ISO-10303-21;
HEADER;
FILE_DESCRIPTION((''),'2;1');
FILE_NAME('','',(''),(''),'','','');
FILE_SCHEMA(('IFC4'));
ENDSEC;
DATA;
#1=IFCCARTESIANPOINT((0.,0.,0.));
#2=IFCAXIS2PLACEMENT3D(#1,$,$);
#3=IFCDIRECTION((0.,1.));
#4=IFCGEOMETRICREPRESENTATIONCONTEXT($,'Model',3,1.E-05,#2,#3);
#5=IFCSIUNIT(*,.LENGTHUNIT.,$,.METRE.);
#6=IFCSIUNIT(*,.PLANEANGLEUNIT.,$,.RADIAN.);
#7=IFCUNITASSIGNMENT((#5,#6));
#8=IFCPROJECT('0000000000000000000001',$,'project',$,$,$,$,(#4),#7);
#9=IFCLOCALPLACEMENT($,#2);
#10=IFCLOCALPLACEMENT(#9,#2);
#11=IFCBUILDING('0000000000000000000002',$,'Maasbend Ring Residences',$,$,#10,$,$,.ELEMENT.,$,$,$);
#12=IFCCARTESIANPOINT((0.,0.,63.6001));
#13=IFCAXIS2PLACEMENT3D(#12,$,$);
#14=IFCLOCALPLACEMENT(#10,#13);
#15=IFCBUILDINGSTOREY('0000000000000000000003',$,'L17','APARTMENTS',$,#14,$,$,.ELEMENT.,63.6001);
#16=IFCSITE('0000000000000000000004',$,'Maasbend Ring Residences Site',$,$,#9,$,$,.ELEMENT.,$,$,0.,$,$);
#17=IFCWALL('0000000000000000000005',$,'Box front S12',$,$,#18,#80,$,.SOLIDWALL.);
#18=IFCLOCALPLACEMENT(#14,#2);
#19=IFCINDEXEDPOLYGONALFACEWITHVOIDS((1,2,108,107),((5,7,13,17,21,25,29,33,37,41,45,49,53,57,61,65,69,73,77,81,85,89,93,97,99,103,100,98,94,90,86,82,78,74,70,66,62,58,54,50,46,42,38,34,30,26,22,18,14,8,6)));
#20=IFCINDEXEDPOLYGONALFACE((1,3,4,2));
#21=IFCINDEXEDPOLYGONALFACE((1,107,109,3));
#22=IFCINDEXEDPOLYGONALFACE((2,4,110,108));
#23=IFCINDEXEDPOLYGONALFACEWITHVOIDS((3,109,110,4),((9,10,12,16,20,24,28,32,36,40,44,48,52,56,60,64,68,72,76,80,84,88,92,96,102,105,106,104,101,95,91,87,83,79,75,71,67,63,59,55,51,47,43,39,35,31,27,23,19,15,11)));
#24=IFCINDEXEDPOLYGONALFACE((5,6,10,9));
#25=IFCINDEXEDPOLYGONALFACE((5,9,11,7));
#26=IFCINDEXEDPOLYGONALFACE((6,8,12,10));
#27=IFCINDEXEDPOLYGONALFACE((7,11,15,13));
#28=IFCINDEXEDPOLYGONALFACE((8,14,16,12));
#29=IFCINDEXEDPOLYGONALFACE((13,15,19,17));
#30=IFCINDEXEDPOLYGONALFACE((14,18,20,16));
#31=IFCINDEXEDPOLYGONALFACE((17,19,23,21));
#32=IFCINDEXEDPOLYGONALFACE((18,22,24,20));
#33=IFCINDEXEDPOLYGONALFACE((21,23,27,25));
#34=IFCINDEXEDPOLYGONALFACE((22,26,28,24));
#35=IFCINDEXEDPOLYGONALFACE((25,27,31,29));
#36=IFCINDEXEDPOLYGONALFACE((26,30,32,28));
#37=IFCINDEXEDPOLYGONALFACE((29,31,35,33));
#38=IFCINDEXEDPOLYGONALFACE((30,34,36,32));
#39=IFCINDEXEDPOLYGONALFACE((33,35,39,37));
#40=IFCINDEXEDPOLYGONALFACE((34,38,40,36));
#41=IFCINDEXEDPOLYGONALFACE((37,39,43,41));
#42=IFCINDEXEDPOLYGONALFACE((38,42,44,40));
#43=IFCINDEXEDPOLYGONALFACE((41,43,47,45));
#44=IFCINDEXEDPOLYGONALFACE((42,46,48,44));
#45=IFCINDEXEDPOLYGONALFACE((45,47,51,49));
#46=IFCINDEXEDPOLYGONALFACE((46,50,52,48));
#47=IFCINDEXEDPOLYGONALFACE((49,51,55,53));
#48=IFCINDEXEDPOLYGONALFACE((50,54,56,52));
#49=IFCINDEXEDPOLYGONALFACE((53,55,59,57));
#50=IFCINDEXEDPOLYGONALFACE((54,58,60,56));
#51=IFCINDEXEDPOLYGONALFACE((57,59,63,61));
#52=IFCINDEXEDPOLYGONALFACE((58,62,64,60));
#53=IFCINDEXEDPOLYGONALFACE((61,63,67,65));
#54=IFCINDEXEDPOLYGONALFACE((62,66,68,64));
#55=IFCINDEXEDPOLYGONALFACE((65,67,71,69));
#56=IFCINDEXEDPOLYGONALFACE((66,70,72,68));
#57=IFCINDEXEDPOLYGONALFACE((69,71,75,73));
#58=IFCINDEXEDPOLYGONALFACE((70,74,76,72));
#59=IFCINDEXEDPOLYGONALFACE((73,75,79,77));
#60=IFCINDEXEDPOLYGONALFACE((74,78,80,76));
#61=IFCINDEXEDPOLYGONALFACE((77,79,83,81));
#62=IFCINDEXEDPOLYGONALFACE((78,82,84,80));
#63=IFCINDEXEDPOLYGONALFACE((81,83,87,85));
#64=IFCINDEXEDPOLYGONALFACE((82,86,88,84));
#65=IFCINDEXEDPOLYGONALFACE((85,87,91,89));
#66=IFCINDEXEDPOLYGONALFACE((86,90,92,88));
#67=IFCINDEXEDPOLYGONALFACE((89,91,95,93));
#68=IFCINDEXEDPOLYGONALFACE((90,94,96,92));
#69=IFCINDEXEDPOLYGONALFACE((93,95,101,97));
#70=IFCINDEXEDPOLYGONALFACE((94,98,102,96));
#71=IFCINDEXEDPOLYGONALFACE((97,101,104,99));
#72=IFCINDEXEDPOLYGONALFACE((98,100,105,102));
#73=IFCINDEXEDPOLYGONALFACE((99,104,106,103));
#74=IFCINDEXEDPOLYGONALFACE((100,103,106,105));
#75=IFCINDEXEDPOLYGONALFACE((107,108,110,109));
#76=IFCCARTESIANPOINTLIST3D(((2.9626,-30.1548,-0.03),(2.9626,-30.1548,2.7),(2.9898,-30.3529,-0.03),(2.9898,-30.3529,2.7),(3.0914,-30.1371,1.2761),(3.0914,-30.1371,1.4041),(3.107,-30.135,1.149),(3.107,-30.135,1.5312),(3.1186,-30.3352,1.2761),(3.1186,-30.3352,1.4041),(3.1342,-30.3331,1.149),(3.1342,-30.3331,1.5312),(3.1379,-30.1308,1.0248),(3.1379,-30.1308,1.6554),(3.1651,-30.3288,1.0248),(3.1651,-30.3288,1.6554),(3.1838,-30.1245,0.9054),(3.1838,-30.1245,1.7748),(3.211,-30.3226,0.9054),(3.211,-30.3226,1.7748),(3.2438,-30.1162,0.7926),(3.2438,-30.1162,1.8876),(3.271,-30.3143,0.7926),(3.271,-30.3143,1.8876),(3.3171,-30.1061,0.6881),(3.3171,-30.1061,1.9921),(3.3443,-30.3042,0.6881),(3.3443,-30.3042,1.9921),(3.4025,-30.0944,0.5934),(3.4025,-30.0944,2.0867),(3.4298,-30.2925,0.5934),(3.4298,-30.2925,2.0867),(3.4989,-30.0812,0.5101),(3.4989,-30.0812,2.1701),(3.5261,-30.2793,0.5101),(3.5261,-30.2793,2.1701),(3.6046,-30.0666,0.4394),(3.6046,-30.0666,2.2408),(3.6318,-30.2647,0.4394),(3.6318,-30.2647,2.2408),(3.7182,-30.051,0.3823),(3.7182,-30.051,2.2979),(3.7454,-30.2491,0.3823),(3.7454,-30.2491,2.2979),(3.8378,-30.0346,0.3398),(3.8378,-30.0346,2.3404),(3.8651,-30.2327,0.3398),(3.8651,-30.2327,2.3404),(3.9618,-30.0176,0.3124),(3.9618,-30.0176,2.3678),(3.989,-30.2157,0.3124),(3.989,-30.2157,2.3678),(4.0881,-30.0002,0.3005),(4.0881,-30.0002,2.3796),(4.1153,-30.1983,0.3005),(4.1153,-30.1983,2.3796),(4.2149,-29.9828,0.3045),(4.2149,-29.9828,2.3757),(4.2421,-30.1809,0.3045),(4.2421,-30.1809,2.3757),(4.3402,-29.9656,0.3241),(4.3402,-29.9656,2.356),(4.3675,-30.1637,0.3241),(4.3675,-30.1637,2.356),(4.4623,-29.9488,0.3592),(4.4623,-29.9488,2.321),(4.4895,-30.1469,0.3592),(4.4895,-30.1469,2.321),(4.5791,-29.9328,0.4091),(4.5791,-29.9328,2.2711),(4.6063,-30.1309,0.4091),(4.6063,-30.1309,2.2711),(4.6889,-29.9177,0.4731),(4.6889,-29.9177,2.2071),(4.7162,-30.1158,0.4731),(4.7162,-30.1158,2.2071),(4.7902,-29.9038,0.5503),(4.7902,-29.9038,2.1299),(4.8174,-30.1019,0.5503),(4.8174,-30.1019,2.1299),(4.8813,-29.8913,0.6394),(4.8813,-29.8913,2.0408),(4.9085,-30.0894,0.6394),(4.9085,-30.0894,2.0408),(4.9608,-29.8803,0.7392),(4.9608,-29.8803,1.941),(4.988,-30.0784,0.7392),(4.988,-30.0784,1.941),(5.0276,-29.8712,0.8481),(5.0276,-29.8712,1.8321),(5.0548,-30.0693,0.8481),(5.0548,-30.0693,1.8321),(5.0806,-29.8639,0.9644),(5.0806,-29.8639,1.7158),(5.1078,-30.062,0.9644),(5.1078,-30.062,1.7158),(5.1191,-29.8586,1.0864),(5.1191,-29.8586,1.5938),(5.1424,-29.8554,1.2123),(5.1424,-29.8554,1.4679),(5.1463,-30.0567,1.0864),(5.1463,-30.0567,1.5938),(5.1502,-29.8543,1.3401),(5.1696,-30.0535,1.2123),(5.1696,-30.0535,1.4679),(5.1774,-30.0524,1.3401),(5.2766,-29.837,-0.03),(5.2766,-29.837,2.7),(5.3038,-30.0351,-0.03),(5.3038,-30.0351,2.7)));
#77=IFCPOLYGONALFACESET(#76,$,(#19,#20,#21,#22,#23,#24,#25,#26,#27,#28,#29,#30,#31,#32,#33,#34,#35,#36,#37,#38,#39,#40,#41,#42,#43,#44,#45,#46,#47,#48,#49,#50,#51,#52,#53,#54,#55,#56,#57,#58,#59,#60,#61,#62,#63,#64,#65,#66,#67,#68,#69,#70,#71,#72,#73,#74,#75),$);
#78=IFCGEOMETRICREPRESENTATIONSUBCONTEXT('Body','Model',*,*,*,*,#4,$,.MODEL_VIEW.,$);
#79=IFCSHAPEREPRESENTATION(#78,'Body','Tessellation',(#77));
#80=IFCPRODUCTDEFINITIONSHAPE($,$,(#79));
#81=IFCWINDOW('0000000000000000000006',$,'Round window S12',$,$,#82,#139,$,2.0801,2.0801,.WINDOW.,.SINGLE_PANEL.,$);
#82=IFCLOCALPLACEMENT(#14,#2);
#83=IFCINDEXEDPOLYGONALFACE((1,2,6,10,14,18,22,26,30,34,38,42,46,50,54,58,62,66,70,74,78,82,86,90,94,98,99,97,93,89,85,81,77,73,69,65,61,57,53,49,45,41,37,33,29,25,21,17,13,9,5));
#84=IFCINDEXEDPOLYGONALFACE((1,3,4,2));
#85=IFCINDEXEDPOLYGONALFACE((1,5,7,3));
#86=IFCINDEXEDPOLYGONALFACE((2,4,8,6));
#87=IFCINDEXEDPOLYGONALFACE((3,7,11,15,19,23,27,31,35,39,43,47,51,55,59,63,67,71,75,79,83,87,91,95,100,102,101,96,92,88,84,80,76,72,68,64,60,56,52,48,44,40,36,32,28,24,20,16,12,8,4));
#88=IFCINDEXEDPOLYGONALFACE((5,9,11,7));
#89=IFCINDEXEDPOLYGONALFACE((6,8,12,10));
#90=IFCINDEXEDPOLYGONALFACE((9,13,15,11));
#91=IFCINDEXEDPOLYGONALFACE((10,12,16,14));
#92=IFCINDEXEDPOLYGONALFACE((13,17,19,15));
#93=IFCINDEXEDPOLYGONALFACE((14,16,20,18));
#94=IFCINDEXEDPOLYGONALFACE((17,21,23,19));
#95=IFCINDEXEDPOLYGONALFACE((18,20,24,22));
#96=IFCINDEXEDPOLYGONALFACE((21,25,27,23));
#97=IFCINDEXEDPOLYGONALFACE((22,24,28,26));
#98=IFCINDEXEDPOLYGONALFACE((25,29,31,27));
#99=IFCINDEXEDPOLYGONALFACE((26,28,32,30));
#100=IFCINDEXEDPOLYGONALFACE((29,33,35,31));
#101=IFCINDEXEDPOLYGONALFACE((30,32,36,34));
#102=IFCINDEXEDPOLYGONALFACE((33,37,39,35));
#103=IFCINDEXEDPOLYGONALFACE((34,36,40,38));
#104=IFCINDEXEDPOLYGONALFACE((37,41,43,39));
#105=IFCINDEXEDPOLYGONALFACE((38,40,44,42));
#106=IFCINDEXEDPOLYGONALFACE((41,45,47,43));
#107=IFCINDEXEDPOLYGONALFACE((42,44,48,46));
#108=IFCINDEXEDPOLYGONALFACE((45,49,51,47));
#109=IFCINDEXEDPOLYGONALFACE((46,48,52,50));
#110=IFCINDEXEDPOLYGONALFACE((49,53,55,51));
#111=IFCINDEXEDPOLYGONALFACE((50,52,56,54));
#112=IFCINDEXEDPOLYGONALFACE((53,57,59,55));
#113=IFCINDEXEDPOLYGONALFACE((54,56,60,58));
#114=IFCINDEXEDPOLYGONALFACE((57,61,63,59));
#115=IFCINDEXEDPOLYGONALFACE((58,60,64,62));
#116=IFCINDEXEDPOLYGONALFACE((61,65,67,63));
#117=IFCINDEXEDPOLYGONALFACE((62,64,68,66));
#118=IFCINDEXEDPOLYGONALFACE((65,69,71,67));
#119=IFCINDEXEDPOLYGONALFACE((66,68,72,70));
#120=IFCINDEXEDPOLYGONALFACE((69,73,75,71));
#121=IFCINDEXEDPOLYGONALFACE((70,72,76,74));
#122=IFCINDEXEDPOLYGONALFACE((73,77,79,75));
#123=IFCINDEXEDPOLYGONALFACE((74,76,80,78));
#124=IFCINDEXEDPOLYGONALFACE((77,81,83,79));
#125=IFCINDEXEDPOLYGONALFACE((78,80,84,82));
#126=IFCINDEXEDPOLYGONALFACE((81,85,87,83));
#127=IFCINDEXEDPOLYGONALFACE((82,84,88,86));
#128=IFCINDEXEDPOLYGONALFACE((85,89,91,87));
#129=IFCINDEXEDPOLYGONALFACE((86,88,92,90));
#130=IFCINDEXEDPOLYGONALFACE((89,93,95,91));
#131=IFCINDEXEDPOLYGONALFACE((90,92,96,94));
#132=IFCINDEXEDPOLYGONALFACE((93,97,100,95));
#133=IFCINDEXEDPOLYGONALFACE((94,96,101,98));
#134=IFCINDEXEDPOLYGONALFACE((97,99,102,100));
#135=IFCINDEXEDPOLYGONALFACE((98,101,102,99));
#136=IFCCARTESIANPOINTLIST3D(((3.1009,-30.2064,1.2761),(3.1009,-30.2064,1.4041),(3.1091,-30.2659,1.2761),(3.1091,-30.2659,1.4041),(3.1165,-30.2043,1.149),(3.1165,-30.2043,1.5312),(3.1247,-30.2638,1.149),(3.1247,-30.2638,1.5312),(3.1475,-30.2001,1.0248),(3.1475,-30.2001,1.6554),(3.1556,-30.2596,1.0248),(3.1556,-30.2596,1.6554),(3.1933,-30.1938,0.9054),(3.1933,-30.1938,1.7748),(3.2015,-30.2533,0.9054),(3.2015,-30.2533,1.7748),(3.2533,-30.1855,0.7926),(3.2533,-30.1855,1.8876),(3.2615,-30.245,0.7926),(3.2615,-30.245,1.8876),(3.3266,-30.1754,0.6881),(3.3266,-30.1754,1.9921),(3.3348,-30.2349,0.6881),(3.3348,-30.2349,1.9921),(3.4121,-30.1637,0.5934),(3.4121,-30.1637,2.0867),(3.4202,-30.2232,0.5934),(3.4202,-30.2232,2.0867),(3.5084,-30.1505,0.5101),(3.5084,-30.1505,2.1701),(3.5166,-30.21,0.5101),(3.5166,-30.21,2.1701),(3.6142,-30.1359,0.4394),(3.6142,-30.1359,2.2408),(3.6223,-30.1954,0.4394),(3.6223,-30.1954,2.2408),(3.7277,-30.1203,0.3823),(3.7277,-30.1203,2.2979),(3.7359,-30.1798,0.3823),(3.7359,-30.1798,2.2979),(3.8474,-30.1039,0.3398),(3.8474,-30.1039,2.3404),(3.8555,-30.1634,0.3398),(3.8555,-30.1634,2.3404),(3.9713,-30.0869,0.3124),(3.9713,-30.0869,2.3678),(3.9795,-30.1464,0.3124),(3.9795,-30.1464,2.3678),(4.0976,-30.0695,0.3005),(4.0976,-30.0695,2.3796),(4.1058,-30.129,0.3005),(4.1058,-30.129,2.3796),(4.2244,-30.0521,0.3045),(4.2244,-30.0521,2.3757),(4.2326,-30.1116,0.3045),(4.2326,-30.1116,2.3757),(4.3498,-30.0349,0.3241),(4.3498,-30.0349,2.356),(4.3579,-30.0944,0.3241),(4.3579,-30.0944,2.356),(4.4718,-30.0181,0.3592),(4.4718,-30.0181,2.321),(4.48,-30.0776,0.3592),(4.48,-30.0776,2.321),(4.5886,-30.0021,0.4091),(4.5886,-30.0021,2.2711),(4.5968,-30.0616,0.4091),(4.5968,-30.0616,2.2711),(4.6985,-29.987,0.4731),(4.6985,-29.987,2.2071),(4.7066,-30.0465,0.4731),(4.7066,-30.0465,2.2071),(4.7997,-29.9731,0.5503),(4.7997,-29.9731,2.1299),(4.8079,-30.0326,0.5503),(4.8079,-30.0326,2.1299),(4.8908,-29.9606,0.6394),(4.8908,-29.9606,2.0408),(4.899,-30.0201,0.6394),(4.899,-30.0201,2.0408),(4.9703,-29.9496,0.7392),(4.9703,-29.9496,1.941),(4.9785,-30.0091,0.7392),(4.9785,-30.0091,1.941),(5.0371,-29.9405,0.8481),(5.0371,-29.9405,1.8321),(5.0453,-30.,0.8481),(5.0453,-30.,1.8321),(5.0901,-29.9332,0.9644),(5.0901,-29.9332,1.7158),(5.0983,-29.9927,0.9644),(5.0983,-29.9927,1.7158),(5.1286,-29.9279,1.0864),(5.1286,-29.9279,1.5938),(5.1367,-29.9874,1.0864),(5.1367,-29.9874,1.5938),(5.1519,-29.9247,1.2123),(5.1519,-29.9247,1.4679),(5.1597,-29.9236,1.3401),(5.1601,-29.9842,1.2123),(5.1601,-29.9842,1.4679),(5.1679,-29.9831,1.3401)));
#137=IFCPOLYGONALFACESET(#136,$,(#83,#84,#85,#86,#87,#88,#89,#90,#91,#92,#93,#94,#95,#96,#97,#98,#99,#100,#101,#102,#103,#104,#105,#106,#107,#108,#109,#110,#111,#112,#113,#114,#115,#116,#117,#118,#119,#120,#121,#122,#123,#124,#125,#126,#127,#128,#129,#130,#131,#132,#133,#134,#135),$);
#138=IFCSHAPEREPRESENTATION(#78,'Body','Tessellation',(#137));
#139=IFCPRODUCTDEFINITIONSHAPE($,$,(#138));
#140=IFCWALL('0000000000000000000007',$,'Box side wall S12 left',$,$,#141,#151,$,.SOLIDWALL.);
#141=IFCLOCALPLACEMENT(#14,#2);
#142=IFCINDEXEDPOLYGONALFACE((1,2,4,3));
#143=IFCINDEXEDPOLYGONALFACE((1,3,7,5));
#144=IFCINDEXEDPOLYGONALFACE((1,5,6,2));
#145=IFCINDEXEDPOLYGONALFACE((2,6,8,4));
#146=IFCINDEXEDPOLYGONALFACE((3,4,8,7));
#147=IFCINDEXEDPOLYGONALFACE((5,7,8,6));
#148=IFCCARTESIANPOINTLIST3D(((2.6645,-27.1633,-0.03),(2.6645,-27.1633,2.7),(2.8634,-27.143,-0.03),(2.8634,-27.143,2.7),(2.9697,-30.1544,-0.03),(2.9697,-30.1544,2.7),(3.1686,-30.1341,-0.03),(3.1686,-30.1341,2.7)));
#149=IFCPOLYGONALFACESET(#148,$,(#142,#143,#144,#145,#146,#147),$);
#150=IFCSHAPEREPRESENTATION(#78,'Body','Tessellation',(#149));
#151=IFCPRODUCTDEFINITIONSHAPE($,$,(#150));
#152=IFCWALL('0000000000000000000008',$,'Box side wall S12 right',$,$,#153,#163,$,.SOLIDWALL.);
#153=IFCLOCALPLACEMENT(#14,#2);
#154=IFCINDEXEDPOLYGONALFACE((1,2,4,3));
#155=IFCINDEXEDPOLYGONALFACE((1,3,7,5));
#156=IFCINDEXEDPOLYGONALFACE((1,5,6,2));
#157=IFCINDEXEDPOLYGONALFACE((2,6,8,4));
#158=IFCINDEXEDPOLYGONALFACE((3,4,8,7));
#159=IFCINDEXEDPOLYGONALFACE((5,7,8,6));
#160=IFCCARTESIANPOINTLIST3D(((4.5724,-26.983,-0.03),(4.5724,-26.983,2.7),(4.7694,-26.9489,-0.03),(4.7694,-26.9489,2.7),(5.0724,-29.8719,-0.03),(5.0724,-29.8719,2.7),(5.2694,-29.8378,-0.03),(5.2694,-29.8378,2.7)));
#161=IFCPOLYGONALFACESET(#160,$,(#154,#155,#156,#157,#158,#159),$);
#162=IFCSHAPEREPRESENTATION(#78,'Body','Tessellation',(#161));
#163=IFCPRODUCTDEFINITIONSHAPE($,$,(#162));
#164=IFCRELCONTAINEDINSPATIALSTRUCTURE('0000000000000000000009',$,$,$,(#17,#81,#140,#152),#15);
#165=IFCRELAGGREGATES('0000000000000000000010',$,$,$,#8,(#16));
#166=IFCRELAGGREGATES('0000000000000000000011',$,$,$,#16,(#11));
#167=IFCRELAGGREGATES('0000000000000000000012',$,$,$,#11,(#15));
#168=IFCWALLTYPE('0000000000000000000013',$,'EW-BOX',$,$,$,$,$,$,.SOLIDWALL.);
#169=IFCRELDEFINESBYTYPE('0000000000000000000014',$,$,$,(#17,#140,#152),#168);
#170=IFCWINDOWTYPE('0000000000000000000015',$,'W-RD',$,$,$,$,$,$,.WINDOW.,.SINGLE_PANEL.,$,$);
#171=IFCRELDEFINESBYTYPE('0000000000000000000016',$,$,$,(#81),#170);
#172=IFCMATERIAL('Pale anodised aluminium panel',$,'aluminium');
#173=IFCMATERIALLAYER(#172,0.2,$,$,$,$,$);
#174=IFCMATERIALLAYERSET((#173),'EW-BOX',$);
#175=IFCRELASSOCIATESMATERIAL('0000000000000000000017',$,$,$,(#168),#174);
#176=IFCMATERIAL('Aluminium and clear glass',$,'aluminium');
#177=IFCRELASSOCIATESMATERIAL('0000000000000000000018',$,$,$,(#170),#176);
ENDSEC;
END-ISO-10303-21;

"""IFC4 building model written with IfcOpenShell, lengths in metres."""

from ifc_helpers import new_model, si_unit, direction, frame, frame_2d, origin, place, context, subcontext, project, spatial, rectangle, circle, extrude, material, layer, layer_set, type_object, element, fill, save


model = new_model("IFC4")

# Units and contexts
model_context = context("Model", 3, precision=1e-05, world=origin(), true_north=direction((0.0, 1.0)))
body_context = subcontext(model_context, "Body", "Model", "MODEL_VIEW")
ifc_project = project(units=[si_unit("LENGTHUNIT", "METRE"), si_unit("PLANEANGLEUNIT", "RADIAN")], contexts=[model_context])

# Site, building, storey
site_placement = place(None, origin())
site = spatial("IfcSite", under=ifc_project, at=site_placement, Name="Maasbend Ring Residences Site", CompositionType="ELEMENT", RefElevation=0.0)
building_placement = place(site_placement, origin())
building = spatial("IfcBuilding", under=site, at=building_placement, Name="Maasbend Ring Residences", CompositionType="ELEMENT")
storey_placement = place(building_placement, frame((0.0, 0.0, 63.6001)))
storey = spatial("IfcBuildingStorey", under=building, at=storey_placement, Name="L17", Description="APARTMENTS", CompositionType="ELEMENT", Elevation=63.6001)

# Wall, opening, window
ifc_material_1 = material(Name="Pale anodised aluminium panel", Category="aluminium")
ifc_layer_1 = layer(ifc_material_1, 0.2)
ifc_layer_set_1 = layer_set([ifc_layer_1], Name="EW-BOX")
wall_type_1 = type_object("IfcWallType", Name="EW-BOX", PredefinedType="SOLIDWALL", material=ifc_layer_set_1)
wall_1_placement = place(storey_placement, frame((2.9761, -30.2539, -0.03), z_axis=(0.0, 0.0, 1.0), x_axis=(0.990696, 0.136093, 0.0)))
wall_1 = element("IfcWall", 1, at=wall_1_placement, inside=storey, type_object=wall_type_1, Name="Box front S12", PredefinedType="SOLIDWALL", context=body_context, shape_type="SweptSolid", body=[
    extrude(rectangle(XDim=2.3357, YDim=0.2, at=frame_2d((1.168, 0.0))), origin(), (0.0, 0.0, 1.0), 2.73),
])
opening_1_placement = place(wall_1_placement, frame((0.1282, 0.0, 0.3301)))
opening_1 = element("IfcOpeningElement", 2, at=opening_1_placement, cuts=wall_1, PredefinedType="OPENING", context=body_context, shape_type="SweptSolid", body=[
    extrude(circle(Radius=1.04, at=frame_2d((1.04, 1.04))), frame((0.0, 0.1099, 0.0), z_axis=(0.0, -1.0, 0.0), x_axis=(1.0, 0.0, 0.0)), (0.0, 0.0, 1.0), 0.22),
])
ifc_material_2 = material(Name="Aluminium and clear glass", Category="aluminium")
window_type_1 = type_object("IfcWindowType", Name="W-RD", PartitioningType="SINGLE_PANEL", PredefinedType="WINDOW", material=ifc_material_2)
window_1_placement = place(opening_1_placement, origin())
window_1 = element("IfcWindow", 3, at=window_1_placement, inside=storey, type_object=window_type_1, Name="Round window S12", OverallHeight=2.0801, OverallWidth=2.0801, PartitioningType="SINGLE_PANEL", PredefinedType="WINDOW", context=body_context, shape_type="SweptSolid", body=[
    extrude(circle(Radius=1.04, at=frame_2d((1.04, 1.04))), frame((0.0, 0.03, 0.0), z_axis=(0.0, -1.0, 0.0), x_axis=(1.0, 0.0, 0.0)), (0.0, 0.0, 1.0), 0.0601),
])
fill(opening_1, window_1)

# Walls
wall_2_placement = place(storey_placement, frame((2.7639, -27.1531, -0.03), z_axis=(0.0, 0.0, 1.0), x_axis=(0.101505, -0.994835, 0.0)))
element("IfcWall", 4, at=wall_2_placement, inside=storey, type_object=wall_type_1, Name="Box side wall S12 left", PredefinedType="SOLIDWALL", context=body_context, shape_type="SweptSolid", body=[
    extrude(rectangle(XDim=3.0066, YDim=0.2, at=frame_2d((1.5034, 0.0))), origin(), (0.0, 0.0, 1.0), 2.73),
])
wall_3_placement = place(storey_placement, frame((4.6709, -26.9661, -0.03), z_axis=(0.0, 0.0, 1.0), x_axis=(0.17054, -0.985351, 0.0)))
element("IfcWall", 5, at=wall_3_placement, inside=storey, type_object=wall_type_1, Name="Box side wall S12 right", PredefinedType="SOLIDWALL", context=body_context, shape_type="SweptSolid", body=[
    extrude(rectangle(XDim=2.9319, YDim=0.2, at=frame_2d((1.4658, 0.0))), origin(), (0.0, 0.0, 1.0), 2.73),
])

save(model, "model.ifc")
